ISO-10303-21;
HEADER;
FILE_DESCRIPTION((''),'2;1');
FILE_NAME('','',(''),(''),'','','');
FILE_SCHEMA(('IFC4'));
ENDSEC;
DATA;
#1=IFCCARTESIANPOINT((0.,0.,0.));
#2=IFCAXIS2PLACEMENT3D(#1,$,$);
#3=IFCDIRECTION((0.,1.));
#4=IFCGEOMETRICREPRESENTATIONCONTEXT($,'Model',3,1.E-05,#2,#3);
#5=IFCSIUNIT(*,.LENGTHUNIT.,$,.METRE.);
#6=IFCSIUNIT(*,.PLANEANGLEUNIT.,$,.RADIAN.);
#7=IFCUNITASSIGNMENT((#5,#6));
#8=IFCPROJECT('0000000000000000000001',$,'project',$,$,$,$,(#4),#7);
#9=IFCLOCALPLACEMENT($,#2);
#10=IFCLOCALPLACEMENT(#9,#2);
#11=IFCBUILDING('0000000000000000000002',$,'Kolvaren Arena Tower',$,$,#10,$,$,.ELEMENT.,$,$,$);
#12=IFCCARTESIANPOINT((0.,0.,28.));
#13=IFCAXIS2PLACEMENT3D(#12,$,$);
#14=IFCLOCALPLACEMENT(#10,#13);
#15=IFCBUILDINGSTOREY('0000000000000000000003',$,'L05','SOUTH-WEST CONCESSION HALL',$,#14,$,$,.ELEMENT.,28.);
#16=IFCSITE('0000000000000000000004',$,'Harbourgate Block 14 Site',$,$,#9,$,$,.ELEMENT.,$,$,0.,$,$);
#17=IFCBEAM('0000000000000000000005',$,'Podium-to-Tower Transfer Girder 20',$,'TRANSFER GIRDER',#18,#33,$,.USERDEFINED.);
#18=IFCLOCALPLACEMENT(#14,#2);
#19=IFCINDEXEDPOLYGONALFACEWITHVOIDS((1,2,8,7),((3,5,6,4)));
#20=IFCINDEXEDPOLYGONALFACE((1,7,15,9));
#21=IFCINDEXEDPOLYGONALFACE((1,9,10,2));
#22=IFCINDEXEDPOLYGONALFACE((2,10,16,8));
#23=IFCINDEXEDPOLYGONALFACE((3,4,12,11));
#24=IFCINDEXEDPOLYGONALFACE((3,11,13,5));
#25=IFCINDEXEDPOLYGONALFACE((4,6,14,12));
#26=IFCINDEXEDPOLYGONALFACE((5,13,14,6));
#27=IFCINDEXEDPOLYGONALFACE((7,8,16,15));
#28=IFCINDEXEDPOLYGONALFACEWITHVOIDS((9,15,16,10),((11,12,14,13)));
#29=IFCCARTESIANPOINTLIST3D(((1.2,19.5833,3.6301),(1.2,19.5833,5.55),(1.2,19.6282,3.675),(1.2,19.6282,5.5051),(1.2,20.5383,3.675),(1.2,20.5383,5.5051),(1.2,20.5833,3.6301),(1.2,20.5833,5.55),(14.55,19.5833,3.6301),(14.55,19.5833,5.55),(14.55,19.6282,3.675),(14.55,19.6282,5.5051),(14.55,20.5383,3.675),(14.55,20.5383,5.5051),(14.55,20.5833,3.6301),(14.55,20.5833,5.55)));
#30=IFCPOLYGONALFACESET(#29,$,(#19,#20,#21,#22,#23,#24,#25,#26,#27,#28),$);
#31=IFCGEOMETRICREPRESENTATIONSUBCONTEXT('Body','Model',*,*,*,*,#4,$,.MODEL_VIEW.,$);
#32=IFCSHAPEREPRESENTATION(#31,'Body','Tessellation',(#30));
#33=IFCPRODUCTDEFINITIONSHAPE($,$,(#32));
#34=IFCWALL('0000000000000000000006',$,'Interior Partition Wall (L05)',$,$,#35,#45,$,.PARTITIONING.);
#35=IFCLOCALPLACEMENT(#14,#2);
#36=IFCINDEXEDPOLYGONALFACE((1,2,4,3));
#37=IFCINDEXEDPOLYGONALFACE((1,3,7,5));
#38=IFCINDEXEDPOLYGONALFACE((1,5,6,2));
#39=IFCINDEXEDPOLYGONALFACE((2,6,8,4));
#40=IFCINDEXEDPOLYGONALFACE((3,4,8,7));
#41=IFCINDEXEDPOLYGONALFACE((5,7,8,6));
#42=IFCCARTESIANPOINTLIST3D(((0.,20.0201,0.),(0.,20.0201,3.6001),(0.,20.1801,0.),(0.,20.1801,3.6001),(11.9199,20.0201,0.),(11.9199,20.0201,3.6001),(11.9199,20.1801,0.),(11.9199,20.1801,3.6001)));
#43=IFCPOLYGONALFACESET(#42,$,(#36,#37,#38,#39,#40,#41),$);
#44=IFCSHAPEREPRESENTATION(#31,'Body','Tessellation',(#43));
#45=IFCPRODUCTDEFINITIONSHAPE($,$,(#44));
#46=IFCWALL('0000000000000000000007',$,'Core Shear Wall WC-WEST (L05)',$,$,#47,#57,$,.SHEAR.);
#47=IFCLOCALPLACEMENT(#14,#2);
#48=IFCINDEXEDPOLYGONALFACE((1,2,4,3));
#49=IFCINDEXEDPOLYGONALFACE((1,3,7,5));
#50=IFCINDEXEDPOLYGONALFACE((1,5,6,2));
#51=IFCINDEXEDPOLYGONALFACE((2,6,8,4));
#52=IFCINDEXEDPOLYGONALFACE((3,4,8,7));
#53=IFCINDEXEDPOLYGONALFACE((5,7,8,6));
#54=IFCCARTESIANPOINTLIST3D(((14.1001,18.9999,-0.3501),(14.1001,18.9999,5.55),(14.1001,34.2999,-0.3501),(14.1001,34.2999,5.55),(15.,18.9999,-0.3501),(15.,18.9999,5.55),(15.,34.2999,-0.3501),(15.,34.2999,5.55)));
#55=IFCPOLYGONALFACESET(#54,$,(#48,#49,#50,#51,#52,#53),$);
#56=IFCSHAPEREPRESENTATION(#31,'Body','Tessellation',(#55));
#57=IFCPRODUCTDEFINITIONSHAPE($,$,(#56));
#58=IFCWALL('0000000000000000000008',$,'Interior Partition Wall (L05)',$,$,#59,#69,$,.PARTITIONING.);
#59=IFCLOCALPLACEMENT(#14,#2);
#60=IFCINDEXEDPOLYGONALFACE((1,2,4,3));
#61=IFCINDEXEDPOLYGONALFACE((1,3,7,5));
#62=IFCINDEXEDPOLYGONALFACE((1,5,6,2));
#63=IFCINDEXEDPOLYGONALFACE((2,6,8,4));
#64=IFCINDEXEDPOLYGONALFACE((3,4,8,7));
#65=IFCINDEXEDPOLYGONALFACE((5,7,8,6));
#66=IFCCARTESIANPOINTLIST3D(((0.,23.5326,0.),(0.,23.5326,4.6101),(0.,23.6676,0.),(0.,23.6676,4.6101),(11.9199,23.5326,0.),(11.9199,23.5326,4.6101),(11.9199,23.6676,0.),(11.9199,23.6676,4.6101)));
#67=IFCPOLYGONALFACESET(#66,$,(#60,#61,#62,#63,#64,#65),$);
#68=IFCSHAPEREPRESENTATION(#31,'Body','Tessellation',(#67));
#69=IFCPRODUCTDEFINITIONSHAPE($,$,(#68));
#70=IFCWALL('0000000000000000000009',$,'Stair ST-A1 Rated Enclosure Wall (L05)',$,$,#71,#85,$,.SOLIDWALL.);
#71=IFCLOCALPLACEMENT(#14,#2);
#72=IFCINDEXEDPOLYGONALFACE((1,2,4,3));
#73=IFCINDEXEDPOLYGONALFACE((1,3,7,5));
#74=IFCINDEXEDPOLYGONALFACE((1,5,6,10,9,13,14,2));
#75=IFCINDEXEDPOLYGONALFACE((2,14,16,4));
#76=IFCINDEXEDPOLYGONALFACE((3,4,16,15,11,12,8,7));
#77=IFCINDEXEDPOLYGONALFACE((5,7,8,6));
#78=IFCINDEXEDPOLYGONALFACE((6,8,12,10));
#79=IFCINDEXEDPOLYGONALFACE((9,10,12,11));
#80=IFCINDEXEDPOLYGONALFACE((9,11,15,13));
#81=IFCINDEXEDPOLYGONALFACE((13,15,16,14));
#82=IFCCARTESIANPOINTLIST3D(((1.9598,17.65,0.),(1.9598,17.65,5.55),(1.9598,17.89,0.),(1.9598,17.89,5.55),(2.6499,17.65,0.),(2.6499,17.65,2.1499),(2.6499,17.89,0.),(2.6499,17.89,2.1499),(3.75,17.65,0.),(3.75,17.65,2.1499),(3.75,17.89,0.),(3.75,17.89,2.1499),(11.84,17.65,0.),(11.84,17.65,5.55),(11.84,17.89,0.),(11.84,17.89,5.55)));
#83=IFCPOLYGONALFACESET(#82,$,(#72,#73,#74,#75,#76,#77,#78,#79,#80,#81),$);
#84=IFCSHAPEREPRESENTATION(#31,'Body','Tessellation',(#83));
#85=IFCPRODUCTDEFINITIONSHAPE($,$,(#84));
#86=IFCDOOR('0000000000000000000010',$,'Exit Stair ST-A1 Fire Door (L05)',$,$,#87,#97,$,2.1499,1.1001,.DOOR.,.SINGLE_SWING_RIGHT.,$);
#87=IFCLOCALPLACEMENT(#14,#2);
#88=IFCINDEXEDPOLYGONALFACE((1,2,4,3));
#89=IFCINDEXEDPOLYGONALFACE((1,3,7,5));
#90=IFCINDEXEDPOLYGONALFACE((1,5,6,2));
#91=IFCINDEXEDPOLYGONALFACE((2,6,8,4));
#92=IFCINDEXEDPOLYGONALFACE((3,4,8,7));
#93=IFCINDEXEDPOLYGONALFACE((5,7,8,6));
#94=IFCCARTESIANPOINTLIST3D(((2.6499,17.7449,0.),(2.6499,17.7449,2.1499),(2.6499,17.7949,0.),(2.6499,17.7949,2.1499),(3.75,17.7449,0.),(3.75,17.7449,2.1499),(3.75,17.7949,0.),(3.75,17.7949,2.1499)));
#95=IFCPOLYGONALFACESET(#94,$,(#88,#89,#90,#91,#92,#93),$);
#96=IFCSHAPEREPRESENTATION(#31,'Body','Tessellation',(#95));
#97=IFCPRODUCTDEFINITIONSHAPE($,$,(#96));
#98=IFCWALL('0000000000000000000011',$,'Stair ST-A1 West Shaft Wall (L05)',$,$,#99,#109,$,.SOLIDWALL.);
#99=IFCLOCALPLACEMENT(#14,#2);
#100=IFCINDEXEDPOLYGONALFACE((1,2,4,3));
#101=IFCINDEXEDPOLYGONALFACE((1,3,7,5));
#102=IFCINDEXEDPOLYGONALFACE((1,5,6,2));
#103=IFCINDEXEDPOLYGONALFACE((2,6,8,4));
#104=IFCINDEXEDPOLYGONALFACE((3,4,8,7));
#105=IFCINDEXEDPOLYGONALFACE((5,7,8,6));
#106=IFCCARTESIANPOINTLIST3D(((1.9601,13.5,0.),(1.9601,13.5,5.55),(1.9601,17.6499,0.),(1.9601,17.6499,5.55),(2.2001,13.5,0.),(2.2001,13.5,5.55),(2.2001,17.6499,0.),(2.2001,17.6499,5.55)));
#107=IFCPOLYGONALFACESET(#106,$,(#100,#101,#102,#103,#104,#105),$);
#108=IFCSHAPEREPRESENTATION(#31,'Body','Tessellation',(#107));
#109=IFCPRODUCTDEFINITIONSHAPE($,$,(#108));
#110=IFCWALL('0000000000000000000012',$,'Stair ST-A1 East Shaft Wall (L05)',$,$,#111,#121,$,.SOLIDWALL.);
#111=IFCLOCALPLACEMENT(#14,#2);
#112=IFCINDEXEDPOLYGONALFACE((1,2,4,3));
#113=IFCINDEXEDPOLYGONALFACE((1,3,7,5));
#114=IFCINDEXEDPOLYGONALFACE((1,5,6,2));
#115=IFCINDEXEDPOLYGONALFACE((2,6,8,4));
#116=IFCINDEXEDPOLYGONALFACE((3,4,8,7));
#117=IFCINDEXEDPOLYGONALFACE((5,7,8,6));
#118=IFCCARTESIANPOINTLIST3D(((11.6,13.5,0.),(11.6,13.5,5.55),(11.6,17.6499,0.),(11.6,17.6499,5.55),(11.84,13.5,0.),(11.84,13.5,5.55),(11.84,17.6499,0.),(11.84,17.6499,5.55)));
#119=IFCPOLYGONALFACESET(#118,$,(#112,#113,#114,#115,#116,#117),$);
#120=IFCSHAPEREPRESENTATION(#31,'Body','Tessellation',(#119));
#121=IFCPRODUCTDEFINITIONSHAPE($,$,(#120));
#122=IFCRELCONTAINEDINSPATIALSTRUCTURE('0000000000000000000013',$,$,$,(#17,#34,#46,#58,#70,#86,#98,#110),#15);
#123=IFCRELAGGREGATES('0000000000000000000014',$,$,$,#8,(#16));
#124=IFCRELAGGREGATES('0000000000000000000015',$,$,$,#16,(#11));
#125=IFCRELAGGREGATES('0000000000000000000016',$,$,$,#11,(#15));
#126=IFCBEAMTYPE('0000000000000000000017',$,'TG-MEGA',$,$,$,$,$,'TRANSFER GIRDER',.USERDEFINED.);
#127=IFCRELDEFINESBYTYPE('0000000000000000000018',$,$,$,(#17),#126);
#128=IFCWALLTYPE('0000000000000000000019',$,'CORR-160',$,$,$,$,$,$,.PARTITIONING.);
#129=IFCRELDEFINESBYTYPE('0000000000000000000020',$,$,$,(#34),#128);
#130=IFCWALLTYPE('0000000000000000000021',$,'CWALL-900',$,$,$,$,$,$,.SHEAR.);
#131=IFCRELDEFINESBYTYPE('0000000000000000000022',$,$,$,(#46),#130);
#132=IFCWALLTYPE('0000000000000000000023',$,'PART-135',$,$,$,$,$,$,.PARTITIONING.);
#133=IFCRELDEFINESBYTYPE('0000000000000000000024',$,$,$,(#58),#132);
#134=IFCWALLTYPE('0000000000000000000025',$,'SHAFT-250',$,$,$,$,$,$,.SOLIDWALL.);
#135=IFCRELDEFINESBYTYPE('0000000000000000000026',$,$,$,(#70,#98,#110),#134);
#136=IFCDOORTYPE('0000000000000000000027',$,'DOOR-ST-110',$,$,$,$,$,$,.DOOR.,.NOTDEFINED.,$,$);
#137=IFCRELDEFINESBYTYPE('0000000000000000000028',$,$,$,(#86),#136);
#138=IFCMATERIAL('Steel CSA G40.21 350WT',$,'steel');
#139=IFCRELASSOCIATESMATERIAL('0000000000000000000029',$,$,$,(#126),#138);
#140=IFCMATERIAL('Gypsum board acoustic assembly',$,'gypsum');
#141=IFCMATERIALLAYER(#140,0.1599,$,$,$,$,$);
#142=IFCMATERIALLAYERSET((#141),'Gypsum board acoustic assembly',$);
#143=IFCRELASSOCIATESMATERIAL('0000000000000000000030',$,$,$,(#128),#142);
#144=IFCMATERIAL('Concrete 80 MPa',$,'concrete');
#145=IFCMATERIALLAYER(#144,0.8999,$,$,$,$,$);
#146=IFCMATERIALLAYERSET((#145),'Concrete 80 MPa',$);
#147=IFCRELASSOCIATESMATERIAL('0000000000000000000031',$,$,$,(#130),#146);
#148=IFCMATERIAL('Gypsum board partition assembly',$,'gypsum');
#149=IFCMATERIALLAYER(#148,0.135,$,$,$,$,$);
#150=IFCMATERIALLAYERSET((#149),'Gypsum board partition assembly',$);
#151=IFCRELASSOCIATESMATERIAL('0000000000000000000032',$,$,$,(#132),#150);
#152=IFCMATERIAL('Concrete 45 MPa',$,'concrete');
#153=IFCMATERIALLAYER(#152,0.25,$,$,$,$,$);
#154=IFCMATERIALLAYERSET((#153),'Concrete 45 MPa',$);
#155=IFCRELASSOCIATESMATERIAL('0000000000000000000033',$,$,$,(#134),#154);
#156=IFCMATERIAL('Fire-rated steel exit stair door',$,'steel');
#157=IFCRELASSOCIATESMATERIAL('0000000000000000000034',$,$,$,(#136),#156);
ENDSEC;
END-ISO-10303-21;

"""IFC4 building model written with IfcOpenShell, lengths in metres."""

from ifc_helpers import new_model, si_unit, direction, frame, frame_2d, origin, origin_2d, place, context, subcontext, project, spatial, rectangle, hollow_rectangle, extrude, material, layer, layer_set, material_profile, profile_set, type_object, element, fill, save


model = new_model("IFC4")

# Units and contexts
model_context = context("Model", 3, precision=1e-05, world=origin(), true_north=direction((0.0, 1.0)))
body_context = subcontext(model_context, "Body", "Model", "MODEL_VIEW")
ifc_project = project(units=[si_unit("LENGTHUNIT", "METRE"), si_unit("PLANEANGLEUNIT", "RADIAN")], contexts=[model_context])

# Site, building, storey
site_placement = place(None, origin())
site = spatial("IfcSite", under=ifc_project, at=site_placement, Name="Harbourgate Block 14 Site", CompositionType="ELEMENT", RefElevation=0.0)
building_placement = place(site_placement, origin())
building = spatial("IfcBuilding", under=site, at=building_placement, Name="Kolvaren Arena Tower", CompositionType="ELEMENT")
storey_placement = place(building_placement, frame((0.0, 0.0, 28.0)))
storey = spatial("IfcBuildingStorey", under=building, at=storey_placement, Name="L05", Description="SOUTH-WEST CONCESSION HALL", CompositionType="ELEMENT", Elevation=28.0)

# Beam
ifc_material_1 = material(Name="Steel CSA G40.21 350WT", Category="steel")
ifc_material_profile_1 = material_profile(ifc_material_1, hollow_rectangle(XDim=1.0, YDim=1.9199, WallThickness=0.0449, at=origin_2d()), Name="BOX 1000x1920x45")
ifc_profile_set_1 = profile_set([ifc_material_profile_1], Name="Steel CSA G40.21 350WT")
beam_type_1 = type_object("IfcBeamType", Name="TG-MEGA", ElementType="TRANSFER GIRDER", PredefinedType="USERDEFINED", material=ifc_profile_set_1)
beam_1_placement = place(storey_placement, frame((1.2, 20.0833, 4.5901), z_axis=(1.0, 0.0, 0.0), x_axis=(0.0, 1.0, 0.0)))
element("IfcBeam", 1, at=beam_1_placement, inside=storey, type_object=beam_type_1, Name="Podium-to-Tower Transfer Girder 20", ObjectType="TRANSFER GIRDER", PredefinedType="USERDEFINED", context=body_context, shape_type="SweptSolid", body=[
    extrude(hollow_rectangle(XDim=1.0, YDim=1.9199, WallThickness=0.0449, at=origin_2d()), origin(), (0.0, 0.0, 1.0), 13.3501),
])

# Shared definitions
ifc_material_2 = material(Name="Gypsum board acoustic assembly", Category="gypsum")
ifc_layer_1 = layer(ifc_material_2, 0.1599)
ifc_layer_set_1 = layer_set([ifc_layer_1], Name="Gypsum board acoustic assembly")
wall_type_1 = type_object("IfcWallType", Name="CORR-160", PredefinedType="PARTITIONING", material=ifc_layer_set_1)

# Walls
wall_1_placement = place(storey_placement, frame((0.0, 20.1001, 0.0), z_axis=(0.0, 0.0, 1.0), x_axis=(1.0, 0.0, 0.0)))
element("IfcWall", 2, at=wall_1_placement, inside=storey, type_object=wall_type_1, Name="Interior Partition Wall (L05)", PredefinedType="PARTITIONING", context=body_context, shape_type="SweptSolid", body=[
    extrude(rectangle(XDim=11.9199, YDim=0.1599, at=frame_2d((5.96, 0.0))), origin(), (0.0, 0.0, 1.0), 3.6001),
])
ifc_material_3 = material(Name="Concrete 80 MPa", Category="concrete")
ifc_layer_2 = layer(ifc_material_3, 0.8999)
ifc_layer_set_2 = layer_set([ifc_layer_2], Name="Concrete 80 MPa")
wall_type_2 = type_object("IfcWallType", Name="CWALL-900", PredefinedType="SHEAR", material=ifc_layer_set_2)
wall_2_placement = place(storey_placement, frame((14.55, 19.0, -0.3501), z_axis=(0.0, 0.0, 1.0), x_axis=(0.0, 1.0, 0.0)))
element("IfcWall", 3, at=wall_2_placement, inside=storey, type_object=wall_type_2, Name="Core Shear Wall WC-WEST (L05)", PredefinedType="SHEAR", context=body_context, shape_type="SweptSolid", body=[
    extrude(rectangle(XDim=15.3, YDim=0.8999, at=frame_2d((7.6499, 0.0))), origin(), (0.0, 0.0, 1.0), 5.9001),
])
ifc_material_4 = material(Name="Gypsum board partition assembly", Category="gypsum")
ifc_layer_3 = layer(ifc_material_4, 0.135)
ifc_layer_set_3 = layer_set([ifc_layer_3], Name="Gypsum board partition assembly")
wall_type_3 = type_object("IfcWallType", Name="PART-135", PredefinedType="PARTITIONING", material=ifc_layer_set_3)
wall_3_placement = place(storey_placement, frame((0.0, 23.6001, 0.0), z_axis=(0.0, 0.0, 1.0), x_axis=(1.0, 0.0, 0.0)))
element("IfcWall", 4, at=wall_3_placement, inside=storey, type_object=wall_type_3, Name="Interior Partition Wall (L05)", PredefinedType="PARTITIONING", context=body_context, shape_type="SweptSolid", body=[
    extrude(rectangle(XDim=11.9199, YDim=0.135, at=frame_2d((5.96, 0.0))), origin(), (0.0, 0.0, 1.0), 4.6101),
])

# Wall, opening, door
ifc_material_5 = material(Name="Concrete 45 MPa", Category="concrete")
ifc_layer_4 = layer(ifc_material_5, 0.25)
ifc_layer_set_4 = layer_set([ifc_layer_4], Name="Concrete 45 MPa")
wall_type_4 = type_object("IfcWallType", Name="SHAFT-250", PredefinedType="SOLIDWALL", material=ifc_layer_set_4)
wall_4_placement = place(storey_placement, frame((1.96, 17.77, 0.0), z_axis=(0.0, 0.0, 1.0), x_axis=(1.0, 0.0, 0.0)))
wall_4 = element("IfcWall", 5, at=wall_4_placement, inside=storey, type_object=wall_type_4, Name="Stair ST-A1 Rated Enclosure Wall (L05)", PredefinedType="SOLIDWALL", context=body_context, shape_type="SweptSolid", body=[
    extrude(rectangle(XDim=9.8801, YDim=0.24, at=frame_2d((4.9399, 0.0))), origin(), (0.0, 0.0, 1.0), 5.55),
])
opening_1_placement = place(wall_4_placement, frame((0.6899, 0.0, 0.0)))
opening_1 = element("IfcOpeningElement", 6, at=opening_1_placement, cuts=wall_4, PredefinedType="OPENING", context=body_context, shape_type="SweptSolid", body=[
    extrude(rectangle(XDim=1.1001, YDim=2.1499, at=frame_2d((0.55, 1.075))), frame((0.0, 0.1299, 0.0), z_axis=(0.0, -1.0, 0.0), x_axis=(1.0, 0.0, 0.0)), (0.0, 0.0, 1.0), 0.26),
])
ifc_material_6 = material(Name="Fire-rated steel exit stair door", Category="steel")
door_type_1 = type_object("IfcDoorType", Name="DOOR-ST-110", OperationType="NOTDEFINED", PredefinedType="DOOR", material=ifc_material_6)
door_1_placement = place(opening_1_placement, origin())
door_1 = element("IfcDoor", 7, at=door_1_placement, inside=storey, type_object=door_type_1, Name="Exit Stair ST-A1 Fire Door (L05)", OperationType="SINGLE_SWING_RIGHT", OverallHeight=2.1499, OverallWidth=1.1001, PredefinedType="DOOR", context=body_context, shape_type="SweptSolid", body=[
    extrude(rectangle(XDim=1.1001, YDim=2.1499, at=frame_2d((0.55, 1.075))), frame((0.0, 0.0249, 0.0), z_axis=(0.0, -1.0, 0.0), x_axis=(1.0, 0.0, 0.0)), (0.0, 0.0, 1.0), 0.05),
])
fill(opening_1, door_1)

# Walls
for number, where, z_axis, x_axis, name in (
    (8, (2.0801, 13.5, 0.0), (0.0, 0.0, 1.0), (0.0, 1.0, 0.0), "Stair ST-A1 West Shaft Wall (L05)"),
    (9, (11.72, 13.5, 0.0), (0.0, 0.0, 1.0), (0.0, 1.0, 0.0), "Stair ST-A1 East Shaft Wall (L05)"),
):
    element("IfcWall", number, at=place(storey_placement, frame(where, z_axis=z_axis, x_axis=x_axis)), inside=storey, type_object=wall_type_4, Name=name, PredefinedType="SOLIDWALL", context=body_context, shape_type="SweptSolid", body=[
        extrude(rectangle(XDim=4.1499, YDim=0.24, at=frame_2d((2.075, 0.0))), origin(), (0.0, 0.0, 1.0), 5.55),
    ])

save(model, "model.ifc")
